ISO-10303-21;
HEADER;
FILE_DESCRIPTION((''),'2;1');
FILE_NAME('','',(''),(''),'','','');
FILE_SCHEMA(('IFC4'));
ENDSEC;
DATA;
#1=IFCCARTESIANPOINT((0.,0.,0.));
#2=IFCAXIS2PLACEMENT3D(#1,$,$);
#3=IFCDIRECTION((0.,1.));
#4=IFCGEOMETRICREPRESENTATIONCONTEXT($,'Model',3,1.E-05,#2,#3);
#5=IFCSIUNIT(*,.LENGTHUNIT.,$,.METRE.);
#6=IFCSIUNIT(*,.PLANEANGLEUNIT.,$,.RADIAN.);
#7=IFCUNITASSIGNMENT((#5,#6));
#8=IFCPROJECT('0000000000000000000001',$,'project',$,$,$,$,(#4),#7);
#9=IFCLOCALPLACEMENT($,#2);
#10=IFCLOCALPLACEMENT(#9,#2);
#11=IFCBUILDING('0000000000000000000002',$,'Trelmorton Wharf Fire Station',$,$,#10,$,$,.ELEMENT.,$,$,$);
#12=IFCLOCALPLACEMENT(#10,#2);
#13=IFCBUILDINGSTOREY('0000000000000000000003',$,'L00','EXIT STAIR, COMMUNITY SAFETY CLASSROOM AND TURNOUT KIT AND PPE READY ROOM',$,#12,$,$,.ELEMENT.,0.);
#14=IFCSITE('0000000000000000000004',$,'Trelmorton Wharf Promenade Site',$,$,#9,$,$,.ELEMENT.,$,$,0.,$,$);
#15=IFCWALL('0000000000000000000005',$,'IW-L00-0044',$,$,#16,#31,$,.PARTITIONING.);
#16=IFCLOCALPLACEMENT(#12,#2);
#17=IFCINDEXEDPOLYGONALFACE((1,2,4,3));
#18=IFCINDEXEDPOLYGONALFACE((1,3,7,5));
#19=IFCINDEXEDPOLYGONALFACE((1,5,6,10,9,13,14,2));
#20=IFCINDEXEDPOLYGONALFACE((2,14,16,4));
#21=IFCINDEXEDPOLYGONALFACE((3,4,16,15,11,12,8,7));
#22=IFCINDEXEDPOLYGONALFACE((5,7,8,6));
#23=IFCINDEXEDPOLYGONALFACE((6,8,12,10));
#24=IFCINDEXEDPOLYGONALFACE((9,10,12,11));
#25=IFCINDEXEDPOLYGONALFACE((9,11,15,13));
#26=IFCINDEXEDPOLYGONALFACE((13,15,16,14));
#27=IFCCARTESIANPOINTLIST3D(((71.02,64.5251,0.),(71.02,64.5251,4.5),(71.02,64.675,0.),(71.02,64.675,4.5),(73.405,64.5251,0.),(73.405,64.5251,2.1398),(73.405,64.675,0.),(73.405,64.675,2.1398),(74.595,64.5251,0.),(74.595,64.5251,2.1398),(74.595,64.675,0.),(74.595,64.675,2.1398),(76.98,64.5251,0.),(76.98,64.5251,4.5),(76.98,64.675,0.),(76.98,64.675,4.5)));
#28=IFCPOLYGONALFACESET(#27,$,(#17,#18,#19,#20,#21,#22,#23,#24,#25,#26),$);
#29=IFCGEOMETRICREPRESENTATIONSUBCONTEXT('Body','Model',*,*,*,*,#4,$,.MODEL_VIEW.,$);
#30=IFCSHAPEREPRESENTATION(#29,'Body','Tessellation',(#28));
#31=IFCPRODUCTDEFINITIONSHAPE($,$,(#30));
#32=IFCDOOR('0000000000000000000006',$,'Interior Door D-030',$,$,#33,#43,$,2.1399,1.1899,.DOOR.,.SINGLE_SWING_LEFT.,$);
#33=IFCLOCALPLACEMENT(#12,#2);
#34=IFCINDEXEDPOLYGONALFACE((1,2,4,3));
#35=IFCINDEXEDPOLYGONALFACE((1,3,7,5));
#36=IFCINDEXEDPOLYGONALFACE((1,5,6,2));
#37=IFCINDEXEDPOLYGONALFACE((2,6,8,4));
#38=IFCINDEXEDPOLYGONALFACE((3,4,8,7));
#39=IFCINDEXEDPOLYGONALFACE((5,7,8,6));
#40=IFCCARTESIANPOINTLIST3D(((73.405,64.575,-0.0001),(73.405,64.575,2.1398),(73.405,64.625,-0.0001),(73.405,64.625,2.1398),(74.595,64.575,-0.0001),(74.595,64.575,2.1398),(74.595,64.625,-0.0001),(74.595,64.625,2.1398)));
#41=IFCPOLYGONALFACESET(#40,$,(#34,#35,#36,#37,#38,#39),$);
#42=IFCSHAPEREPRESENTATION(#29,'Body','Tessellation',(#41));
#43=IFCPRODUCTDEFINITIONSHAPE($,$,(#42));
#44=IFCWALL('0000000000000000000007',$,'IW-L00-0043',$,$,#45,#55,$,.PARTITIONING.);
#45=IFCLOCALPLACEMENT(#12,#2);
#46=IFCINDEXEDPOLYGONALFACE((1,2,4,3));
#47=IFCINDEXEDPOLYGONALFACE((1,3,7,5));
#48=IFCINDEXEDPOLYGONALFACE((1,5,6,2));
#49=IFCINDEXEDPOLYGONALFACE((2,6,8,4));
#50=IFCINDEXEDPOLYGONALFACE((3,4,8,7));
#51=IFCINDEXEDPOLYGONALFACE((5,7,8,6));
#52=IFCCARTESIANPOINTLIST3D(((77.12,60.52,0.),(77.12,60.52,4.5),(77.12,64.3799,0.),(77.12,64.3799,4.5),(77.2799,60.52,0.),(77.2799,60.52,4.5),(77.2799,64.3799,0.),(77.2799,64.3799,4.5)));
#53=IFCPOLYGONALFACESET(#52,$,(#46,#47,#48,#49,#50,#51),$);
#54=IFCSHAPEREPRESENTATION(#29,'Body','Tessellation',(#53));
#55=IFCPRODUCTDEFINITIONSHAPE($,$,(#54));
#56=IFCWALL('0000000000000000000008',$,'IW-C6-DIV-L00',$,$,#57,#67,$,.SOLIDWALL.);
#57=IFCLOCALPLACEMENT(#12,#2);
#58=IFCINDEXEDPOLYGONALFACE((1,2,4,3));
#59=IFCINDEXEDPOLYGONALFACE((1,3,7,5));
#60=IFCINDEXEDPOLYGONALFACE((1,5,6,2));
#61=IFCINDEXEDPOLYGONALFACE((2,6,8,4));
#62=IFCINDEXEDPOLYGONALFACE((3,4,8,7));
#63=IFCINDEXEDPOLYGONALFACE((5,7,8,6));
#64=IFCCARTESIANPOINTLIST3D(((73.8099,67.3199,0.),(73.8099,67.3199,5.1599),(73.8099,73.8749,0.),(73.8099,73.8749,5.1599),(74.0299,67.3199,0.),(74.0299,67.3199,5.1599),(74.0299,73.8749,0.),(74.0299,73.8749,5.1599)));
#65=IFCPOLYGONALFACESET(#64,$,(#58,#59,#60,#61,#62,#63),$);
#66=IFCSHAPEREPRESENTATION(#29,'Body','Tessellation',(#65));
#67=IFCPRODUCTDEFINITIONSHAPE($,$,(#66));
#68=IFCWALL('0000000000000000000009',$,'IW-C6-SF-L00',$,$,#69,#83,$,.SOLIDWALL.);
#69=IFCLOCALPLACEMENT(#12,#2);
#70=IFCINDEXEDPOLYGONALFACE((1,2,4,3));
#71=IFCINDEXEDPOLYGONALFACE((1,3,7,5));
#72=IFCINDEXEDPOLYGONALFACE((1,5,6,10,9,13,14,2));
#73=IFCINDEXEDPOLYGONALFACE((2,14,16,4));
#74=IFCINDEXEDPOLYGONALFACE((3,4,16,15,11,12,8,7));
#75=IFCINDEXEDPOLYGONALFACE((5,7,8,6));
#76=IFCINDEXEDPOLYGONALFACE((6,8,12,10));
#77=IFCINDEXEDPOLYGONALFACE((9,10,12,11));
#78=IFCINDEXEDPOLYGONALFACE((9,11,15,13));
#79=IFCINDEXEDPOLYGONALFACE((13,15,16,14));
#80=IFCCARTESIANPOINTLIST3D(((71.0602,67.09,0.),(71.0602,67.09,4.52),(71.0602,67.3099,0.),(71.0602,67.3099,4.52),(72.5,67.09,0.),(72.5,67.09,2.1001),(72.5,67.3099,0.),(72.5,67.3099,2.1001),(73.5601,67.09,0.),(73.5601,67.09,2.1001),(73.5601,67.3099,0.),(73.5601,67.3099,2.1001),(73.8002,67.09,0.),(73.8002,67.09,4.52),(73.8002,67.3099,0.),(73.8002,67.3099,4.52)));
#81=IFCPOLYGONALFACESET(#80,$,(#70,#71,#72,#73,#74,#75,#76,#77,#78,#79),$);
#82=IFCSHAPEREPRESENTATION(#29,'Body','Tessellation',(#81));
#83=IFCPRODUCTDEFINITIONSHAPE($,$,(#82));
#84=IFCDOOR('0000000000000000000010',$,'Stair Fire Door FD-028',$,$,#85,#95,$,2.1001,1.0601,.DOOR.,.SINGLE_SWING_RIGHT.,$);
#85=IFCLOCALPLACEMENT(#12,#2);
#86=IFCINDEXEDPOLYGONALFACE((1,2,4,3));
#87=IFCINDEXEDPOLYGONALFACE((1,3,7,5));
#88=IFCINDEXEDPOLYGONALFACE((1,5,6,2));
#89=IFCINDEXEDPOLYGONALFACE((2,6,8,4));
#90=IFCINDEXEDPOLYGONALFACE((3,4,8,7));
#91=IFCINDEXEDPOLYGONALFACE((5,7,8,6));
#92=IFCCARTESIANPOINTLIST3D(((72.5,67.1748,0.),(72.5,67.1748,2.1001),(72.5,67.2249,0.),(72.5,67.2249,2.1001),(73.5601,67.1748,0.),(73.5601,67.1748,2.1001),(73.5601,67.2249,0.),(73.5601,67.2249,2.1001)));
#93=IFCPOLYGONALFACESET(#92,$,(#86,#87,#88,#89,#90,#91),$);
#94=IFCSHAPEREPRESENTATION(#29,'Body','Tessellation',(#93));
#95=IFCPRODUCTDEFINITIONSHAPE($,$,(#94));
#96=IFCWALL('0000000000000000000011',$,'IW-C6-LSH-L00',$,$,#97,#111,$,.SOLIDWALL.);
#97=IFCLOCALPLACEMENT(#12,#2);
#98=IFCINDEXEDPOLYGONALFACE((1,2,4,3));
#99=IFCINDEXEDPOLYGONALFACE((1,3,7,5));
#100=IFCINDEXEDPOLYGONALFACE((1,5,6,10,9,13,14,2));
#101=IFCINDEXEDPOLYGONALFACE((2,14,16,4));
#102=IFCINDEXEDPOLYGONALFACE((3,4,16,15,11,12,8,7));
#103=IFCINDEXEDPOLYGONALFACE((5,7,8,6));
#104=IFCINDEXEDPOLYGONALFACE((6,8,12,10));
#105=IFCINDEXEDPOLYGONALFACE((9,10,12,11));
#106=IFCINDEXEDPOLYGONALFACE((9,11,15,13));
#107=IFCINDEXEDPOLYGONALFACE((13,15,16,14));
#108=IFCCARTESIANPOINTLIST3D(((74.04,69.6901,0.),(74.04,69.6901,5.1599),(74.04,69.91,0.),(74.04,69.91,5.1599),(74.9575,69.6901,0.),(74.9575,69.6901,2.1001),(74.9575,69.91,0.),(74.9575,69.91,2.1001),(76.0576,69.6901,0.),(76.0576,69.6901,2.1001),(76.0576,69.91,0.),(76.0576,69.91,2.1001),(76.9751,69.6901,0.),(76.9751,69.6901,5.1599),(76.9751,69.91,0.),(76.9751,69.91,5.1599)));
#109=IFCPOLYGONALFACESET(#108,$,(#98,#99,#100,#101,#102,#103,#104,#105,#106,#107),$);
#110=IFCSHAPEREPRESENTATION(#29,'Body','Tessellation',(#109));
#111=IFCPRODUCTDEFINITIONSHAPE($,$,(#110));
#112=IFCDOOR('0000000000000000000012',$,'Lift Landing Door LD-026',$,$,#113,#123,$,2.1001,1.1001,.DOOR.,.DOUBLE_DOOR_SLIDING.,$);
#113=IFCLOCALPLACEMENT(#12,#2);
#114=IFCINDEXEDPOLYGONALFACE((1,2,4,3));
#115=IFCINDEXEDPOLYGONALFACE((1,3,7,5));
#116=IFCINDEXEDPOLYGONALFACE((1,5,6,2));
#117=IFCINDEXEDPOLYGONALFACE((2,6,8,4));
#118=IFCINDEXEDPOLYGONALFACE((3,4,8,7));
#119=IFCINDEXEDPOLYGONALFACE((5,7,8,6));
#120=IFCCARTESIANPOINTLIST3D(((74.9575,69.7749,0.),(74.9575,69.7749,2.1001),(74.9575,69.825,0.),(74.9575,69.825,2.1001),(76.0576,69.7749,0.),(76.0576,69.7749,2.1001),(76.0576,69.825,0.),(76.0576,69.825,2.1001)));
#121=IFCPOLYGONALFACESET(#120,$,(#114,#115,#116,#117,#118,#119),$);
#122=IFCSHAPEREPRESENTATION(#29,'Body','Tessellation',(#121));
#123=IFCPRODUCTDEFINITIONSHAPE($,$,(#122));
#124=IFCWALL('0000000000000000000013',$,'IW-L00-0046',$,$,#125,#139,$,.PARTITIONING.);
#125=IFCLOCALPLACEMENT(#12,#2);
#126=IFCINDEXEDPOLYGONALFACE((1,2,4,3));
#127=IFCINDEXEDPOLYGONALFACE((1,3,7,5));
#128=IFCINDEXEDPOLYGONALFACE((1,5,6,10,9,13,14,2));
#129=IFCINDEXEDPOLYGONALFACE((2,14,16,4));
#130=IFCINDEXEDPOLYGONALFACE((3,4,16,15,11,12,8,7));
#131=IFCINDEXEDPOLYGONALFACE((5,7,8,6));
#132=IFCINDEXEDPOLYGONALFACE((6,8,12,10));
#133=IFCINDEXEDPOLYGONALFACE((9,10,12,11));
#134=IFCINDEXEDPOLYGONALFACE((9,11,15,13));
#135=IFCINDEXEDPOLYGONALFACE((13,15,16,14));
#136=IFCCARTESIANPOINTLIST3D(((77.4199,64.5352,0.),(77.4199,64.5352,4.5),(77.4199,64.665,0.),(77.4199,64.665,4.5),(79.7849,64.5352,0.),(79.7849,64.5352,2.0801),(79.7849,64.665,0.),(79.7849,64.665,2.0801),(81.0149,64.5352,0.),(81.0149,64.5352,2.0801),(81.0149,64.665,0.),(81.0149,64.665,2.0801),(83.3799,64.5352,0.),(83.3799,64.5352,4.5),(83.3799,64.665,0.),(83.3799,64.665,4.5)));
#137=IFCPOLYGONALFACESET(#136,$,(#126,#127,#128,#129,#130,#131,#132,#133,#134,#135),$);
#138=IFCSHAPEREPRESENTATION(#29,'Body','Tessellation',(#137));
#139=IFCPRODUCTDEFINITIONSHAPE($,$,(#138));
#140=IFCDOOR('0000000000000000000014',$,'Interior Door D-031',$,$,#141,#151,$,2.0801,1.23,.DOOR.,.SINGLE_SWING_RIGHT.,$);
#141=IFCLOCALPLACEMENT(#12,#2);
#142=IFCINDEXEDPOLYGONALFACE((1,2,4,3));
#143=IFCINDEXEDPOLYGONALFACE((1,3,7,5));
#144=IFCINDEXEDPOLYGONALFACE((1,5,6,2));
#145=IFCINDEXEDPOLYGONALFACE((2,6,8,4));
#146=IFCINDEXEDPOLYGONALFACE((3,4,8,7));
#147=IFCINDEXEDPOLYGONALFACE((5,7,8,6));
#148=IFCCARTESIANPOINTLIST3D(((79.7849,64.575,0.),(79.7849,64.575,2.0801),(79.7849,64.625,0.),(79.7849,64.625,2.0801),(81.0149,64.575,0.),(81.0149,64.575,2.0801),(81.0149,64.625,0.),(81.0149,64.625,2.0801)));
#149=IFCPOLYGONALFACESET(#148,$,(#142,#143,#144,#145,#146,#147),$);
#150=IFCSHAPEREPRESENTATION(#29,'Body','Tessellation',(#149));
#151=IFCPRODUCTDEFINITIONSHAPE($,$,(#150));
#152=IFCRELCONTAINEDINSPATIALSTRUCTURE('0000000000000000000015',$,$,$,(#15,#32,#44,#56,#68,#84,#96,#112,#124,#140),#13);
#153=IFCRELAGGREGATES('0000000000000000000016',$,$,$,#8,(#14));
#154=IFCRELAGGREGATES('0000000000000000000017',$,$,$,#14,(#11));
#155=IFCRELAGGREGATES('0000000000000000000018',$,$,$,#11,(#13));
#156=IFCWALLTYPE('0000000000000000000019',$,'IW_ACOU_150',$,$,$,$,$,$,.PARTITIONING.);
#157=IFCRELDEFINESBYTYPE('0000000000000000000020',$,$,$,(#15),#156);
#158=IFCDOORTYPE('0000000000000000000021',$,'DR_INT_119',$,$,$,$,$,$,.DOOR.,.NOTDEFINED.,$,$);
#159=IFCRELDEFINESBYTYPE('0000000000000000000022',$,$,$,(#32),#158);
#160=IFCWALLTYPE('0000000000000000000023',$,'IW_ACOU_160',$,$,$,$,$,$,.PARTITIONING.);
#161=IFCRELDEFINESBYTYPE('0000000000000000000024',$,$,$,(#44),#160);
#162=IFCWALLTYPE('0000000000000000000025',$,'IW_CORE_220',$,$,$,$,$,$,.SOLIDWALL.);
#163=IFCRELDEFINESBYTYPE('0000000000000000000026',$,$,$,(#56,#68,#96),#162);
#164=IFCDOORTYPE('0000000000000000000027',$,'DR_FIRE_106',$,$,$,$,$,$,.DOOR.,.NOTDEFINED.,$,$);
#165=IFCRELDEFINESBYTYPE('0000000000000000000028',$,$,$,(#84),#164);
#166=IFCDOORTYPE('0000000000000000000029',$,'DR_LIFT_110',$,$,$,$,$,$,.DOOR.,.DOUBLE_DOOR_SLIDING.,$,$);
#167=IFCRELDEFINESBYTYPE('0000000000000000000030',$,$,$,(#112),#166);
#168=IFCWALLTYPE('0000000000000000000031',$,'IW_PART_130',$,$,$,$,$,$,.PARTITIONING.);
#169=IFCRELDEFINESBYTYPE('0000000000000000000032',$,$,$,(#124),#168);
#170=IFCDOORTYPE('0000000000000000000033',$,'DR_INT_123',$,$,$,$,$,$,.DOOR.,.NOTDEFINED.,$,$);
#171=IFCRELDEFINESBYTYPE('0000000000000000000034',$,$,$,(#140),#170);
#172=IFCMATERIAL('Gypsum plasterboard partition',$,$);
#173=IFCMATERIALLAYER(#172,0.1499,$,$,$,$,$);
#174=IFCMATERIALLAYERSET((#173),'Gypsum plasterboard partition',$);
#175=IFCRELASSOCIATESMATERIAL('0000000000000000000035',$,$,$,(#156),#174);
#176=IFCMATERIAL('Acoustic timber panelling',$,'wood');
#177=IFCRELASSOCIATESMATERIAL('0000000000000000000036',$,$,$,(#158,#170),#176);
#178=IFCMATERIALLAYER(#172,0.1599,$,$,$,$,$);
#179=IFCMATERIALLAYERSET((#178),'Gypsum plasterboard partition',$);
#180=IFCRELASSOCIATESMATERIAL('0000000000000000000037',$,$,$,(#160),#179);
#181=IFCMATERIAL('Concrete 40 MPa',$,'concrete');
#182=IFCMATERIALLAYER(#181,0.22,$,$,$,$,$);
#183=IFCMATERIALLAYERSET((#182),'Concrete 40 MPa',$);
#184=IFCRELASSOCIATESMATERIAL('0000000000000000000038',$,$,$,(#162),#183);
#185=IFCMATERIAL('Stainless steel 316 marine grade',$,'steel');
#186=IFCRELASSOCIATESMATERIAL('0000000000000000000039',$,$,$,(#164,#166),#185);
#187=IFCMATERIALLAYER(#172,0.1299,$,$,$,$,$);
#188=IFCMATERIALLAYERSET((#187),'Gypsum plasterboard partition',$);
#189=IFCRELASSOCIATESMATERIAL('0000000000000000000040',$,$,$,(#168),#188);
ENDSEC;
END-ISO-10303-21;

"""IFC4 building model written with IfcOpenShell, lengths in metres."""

from ifc_helpers import new_model, si_unit, direction, frame, frame_2d, origin, place, context, subcontext, project, spatial, rectangle, extrude, material, layer, layer_set, type_object, element, fill, save


model = new_model("IFC4")

# Units and contexts
model_context = context("Model", 3, precision=1e-05, world=origin(), true_north=direction((0.0, 1.0)))
body_context = subcontext(model_context, "Body", "Model", "MODEL_VIEW")
ifc_project = project(units=[si_unit("LENGTHUNIT", "METRE"), si_unit("PLANEANGLEUNIT", "RADIAN")], contexts=[model_context])

# Site, building, storey
site_placement = place(None, origin())
site = spatial("IfcSite", under=ifc_project, at=site_placement, Name="Trelmorton Wharf Promenade Site", CompositionType="ELEMENT", RefElevation=0.0)
building_placement = place(site_placement, origin())
building = spatial("IfcBuilding", under=site, at=building_placement, Name="Trelmorton Wharf Fire Station", CompositionType="ELEMENT")
storey_placement = place(building_placement, origin())
storey = spatial("IfcBuildingStorey", under=building, at=storey_placement, Name="L00", Description="EXIT STAIR, COMMUNITY SAFETY CLASSROOM AND TURNOUT KIT AND PPE READY ROOM", CompositionType="ELEMENT", Elevation=0.0)

# Shared definitions
ifc_material_1 = material(Name="Concrete 40 MPa", Category="concrete")

# Wall, opening, door
ifc_material_2 = material(Name="Gypsum plasterboard partition")
ifc_layer_1 = layer(ifc_material_2, 0.1499)
ifc_layer_set_1 = layer_set([ifc_layer_1], Name="Gypsum plasterboard partition")
wall_type_1 = type_object("IfcWallType", Name="IW_ACOU_150", PredefinedType="PARTITIONING", material=ifc_layer_set_1)
wall_1_placement = place(storey_placement, frame((71.02, 64.6001, 0.0), z_axis=(0.0, 0.0, 1.0), x_axis=(1.0, 0.0, 0.0)))
wall_1 = element("IfcWall", 1, at=wall_1_placement, inside=storey, type_object=wall_type_1, Name="IW-L00-0044", PredefinedType="PARTITIONING", context=body_context, shape_type="SweptSolid", body=[
    extrude(rectangle(XDim=5.96, YDim=0.1499, at=frame_2d((2.98, 0.0))), origin(), (0.0, 0.0, 1.0), 4.5),
])
opening_1_placement = place(wall_1_placement, frame((2.385, 0.0, 0.0)))
opening_1 = element("IfcOpeningElement", 2, at=opening_1_placement, cuts=wall_1, PredefinedType="OPENING", context=body_context, shape_type="SweptSolid", body=[
    extrude(rectangle(XDim=1.1899, YDim=2.1399, at=frame_2d((0.595, 1.0698))), frame((0.0, 0.085, 0.0), z_axis=(0.0, -1.0, 0.0), x_axis=(1.0, 0.0, 0.0)), (0.0, 0.0, 1.0), 0.1699),
])
ifc_material_3 = material(Name="Acoustic timber panelling", Category="wood")
door_type_1 = type_object("IfcDoorType", Name="DR_INT_119", OperationType="NOTDEFINED", PredefinedType="DOOR", material=ifc_material_3)
door_1_placement = place(opening_1_placement, origin())
door_1 = element("IfcDoor", 3, at=door_1_placement, inside=storey, type_object=door_type_1, Name="Interior Door D-030", OperationType="SINGLE_SWING_LEFT", OverallHeight=2.1399, OverallWidth=1.1899, PredefinedType="DOOR", context=body_context, shape_type="SweptSolid", body=[
    extrude(rectangle(XDim=1.1899, YDim=2.1399, at=frame_2d((0.595, 1.0698))), frame((0.0, 0.0249, 0.0), z_axis=(0.0, -1.0, 0.0), x_axis=(1.0, 0.0, 0.0)), (0.0, 0.0, 1.0), 0.05),
])
fill(opening_1, door_1)

# Walls
ifc_layer_2 = layer(ifc_material_2, 0.1599)
ifc_layer_set_2 = layer_set([ifc_layer_2], Name="Gypsum plasterboard partition")
wall_type_2 = type_object("IfcWallType", Name="IW_ACOU_160", PredefinedType="PARTITIONING", material=ifc_layer_set_2)
wall_2_placement = place(storey_placement, frame((77.2, 60.52, 0.0), z_axis=(0.0, 0.0, 1.0), x_axis=(0.0, 1.0, 0.0)))
element("IfcWall", 4, at=wall_2_placement, inside=storey, type_object=wall_type_2, Name="IW-L00-0043", PredefinedType="PARTITIONING", context=body_context, shape_type="SweptSolid", body=[
    extrude(rectangle(XDim=3.8599, YDim=0.1599, at=frame_2d((1.9299, 0.0))), origin(), (0.0, 0.0, 1.0), 4.5),
])
ifc_layer_3 = layer(ifc_material_1, 0.22)
ifc_layer_set_3 = layer_set([ifc_layer_3], Name="Concrete 40 MPa")
wall_type_3 = type_object("IfcWallType", Name="IW_CORE_220", PredefinedType="SOLIDWALL", material=ifc_layer_set_3)
wall_3_placement = place(storey_placement, frame((73.9199, 67.3201, 0.0), z_axis=(0.0, 0.0, 1.0), x_axis=(0.0, 1.0, 0.0)))
element("IfcWall", 5, at=wall_3_placement, inside=storey, type_object=wall_type_3, Name="IW-C6-DIV-L00", PredefinedType="SOLIDWALL", context=body_context, shape_type="SweptSolid", body=[
    extrude(rectangle(XDim=6.5549, YDim=0.22, at=frame_2d((3.2773, 0.0))), origin(), (0.0, 0.0, 1.0), 5.1599),
])

# Walls, openings, doors
wall_4_placement = place(storey_placement, frame((71.0601, 67.2, 0.0), z_axis=(0.0, 0.0, 1.0), x_axis=(1.0, 0.0, 0.0)))
wall_4 = element("IfcWall", 6, at=wall_4_placement, inside=storey, type_object=wall_type_3, Name="IW-C6-SF-L00", PredefinedType="SOLIDWALL", context=body_context, shape_type="SweptSolid", body=[
    extrude(rectangle(XDim=2.74, YDim=0.22, at=frame_2d((1.3701, 0.0))), origin(), (0.0, 0.0, 1.0), 4.52),
])
opening_2_placement = place(wall_4_placement, frame((1.4399, 0.0, 0.0)))
opening_2 = element("IfcOpeningElement", 7, at=opening_2_placement, cuts=wall_4, PredefinedType="OPENING", context=body_context, shape_type="SweptSolid", body=[
    extrude(rectangle(XDim=1.0601, YDim=2.1001, at=frame_2d((0.53, 1.05))), frame((0.0, 0.1201, 0.0), z_axis=(0.0, -1.0, 0.0), x_axis=(1.0, 0.0, 0.0)), (0.0, 0.0, 1.0), 0.24),
])
ifc_material_4 = material(Name="Stainless steel 316 marine grade", Category="steel")
door_type_2 = type_object("IfcDoorType", Name="DR_FIRE_106", OperationType="NOTDEFINED", PredefinedType="DOOR", material=ifc_material_4)
door_2_placement = place(opening_2_placement, origin())
door_2 = element("IfcDoor", 8, at=door_2_placement, inside=storey, type_object=door_type_2, Name="Stair Fire Door FD-028", OperationType="SINGLE_SWING_RIGHT", OverallHeight=2.1001, OverallWidth=1.0601, PredefinedType="DOOR", context=body_context, shape_type="SweptSolid", body=[
    extrude(rectangle(XDim=1.0601, YDim=2.1001, at=frame_2d((0.53, 1.05))), frame((0.0, 0.0249, 0.0), z_axis=(0.0, -1.0, 0.0), x_axis=(1.0, 0.0, 0.0)), (0.0, 0.0, 1.0), 0.05),
])
fill(opening_2, door_2)
wall_5_placement = place(storey_placement, frame((74.04, 69.8, 0.0), z_axis=(0.0, 0.0, 1.0), x_axis=(1.0, 0.0, 0.0)))
wall_5 = element("IfcWall", 9, at=wall_5_placement, inside=storey, type_object=wall_type_3, Name="IW-C6-LSH-L00", PredefinedType="SOLIDWALL", context=body_context, shape_type="SweptSolid", body=[
    extrude(rectangle(XDim=2.9351, YDim=0.22, at=frame_2d((1.4675, 0.0))), origin(), (0.0, 0.0, 1.0), 5.1599),
])
opening_3_placement = place(wall_5_placement, frame((0.9175, 0.0, 0.0)))
opening_3 = element("IfcOpeningElement", 10, at=opening_3_placement, cuts=wall_5, PredefinedType="OPENING", context=body_context, shape_type="SweptSolid", body=[
    extrude(rectangle(XDim=1.1001, YDim=2.1001, at=frame_2d((0.55, 1.05))), frame((0.0, 0.1201, 0.0), z_axis=(0.0, -1.0, 0.0), x_axis=(1.0, 0.0, 0.0)), (0.0, 0.0, 1.0), 0.24),
])
door_type_3 = type_object("IfcDoorType", Name="DR_LIFT_110", OperationType="DOUBLE_DOOR_SLIDING", PredefinedType="DOOR", material=ifc_material_4)
door_3_placement = place(opening_3_placement, origin())
door_3 = element("IfcDoor", 11, at=door_3_placement, inside=storey, type_object=door_type_3, Name="Lift Landing Door LD-026", OperationType="DOUBLE_DOOR_SLIDING", OverallHeight=2.1001, OverallWidth=1.1001, PredefinedType="DOOR", context=body_context, shape_type="SweptSolid", body=[
    extrude(rectangle(XDim=1.1001, YDim=2.1001, at=frame_2d((0.55, 1.05))), frame((0.0, 0.0249, 0.0), z_axis=(0.0, -1.0, 0.0), x_axis=(1.0, 0.0, 0.0)), (0.0, 0.0, 1.0), 0.05),
])
fill(opening_3, door_3)
ifc_layer_4 = layer(ifc_material_2, 0.1299)
ifc_layer_set_4 = layer_set([ifc_layer_4], Name="Gypsum plasterboard partition")
wall_type_4 = type_object("IfcWallType", Name="IW_PART_130", PredefinedType="PARTITIONING", material=ifc_layer_set_4)
wall_6_placement = place(storey_placement, frame((77.4199, 64.6001, 0.0), z_axis=(0.0, 0.0, 1.0), x_axis=(1.0, 0.0, 0.0)))
wall_6 = element("IfcWall", 12, at=wall_6_placement, inside=storey, type_object=wall_type_4, Name="IW-L00-0046", PredefinedType="PARTITIONING", context=body_context, shape_type="SweptSolid", body=[
    extrude(rectangle(XDim=5.96, YDim=0.1299, at=frame_2d((2.98, 0.0))), origin(), (0.0, 0.0, 1.0), 4.5),
])
opening_4_placement = place(wall_6_placement, frame((2.365, 0.0, 0.0)))
opening_4 = element("IfcOpeningElement", 13, at=opening_4_placement, cuts=wall_6, PredefinedType="OPENING", context=body_context, shape_type="SweptSolid", body=[
    extrude(rectangle(XDim=1.23, YDim=2.0801, at=frame_2d((0.615, 1.04))), frame((0.0, 0.075, 0.0), z_axis=(0.0, -1.0, 0.0), x_axis=(1.0, 0.0, 0.0)), (0.0, 0.0, 1.0), 0.1499),
])
door_type_4 = type_object("IfcDoorType", Name="DR_INT_123", OperationType="NOTDEFINED", PredefinedType="DOOR", material=ifc_material_3)
door_4_placement = place(opening_4_placement, origin())
door_4 = element("IfcDoor", 14, at=door_4_placement, inside=storey, type_object=door_type_4, Name="Interior Door D-031", OperationType="SINGLE_SWING_RIGHT", OverallHeight=2.0801, OverallWidth=1.23, PredefinedType="DOOR", context=body_context, shape_type="SweptSolid", body=[
    extrude(rectangle(XDim=1.23, YDim=2.0801, at=frame_2d((0.615, 1.04))), frame((0.0, 0.0249, 0.0), z_axis=(0.0, -1.0, 0.0), x_axis=(1.0, 0.0, 0.0)), (0.0, 0.0, 1.0), 0.05),
])
fill(opening_4, door_4)

save(model, "model.ifc")
